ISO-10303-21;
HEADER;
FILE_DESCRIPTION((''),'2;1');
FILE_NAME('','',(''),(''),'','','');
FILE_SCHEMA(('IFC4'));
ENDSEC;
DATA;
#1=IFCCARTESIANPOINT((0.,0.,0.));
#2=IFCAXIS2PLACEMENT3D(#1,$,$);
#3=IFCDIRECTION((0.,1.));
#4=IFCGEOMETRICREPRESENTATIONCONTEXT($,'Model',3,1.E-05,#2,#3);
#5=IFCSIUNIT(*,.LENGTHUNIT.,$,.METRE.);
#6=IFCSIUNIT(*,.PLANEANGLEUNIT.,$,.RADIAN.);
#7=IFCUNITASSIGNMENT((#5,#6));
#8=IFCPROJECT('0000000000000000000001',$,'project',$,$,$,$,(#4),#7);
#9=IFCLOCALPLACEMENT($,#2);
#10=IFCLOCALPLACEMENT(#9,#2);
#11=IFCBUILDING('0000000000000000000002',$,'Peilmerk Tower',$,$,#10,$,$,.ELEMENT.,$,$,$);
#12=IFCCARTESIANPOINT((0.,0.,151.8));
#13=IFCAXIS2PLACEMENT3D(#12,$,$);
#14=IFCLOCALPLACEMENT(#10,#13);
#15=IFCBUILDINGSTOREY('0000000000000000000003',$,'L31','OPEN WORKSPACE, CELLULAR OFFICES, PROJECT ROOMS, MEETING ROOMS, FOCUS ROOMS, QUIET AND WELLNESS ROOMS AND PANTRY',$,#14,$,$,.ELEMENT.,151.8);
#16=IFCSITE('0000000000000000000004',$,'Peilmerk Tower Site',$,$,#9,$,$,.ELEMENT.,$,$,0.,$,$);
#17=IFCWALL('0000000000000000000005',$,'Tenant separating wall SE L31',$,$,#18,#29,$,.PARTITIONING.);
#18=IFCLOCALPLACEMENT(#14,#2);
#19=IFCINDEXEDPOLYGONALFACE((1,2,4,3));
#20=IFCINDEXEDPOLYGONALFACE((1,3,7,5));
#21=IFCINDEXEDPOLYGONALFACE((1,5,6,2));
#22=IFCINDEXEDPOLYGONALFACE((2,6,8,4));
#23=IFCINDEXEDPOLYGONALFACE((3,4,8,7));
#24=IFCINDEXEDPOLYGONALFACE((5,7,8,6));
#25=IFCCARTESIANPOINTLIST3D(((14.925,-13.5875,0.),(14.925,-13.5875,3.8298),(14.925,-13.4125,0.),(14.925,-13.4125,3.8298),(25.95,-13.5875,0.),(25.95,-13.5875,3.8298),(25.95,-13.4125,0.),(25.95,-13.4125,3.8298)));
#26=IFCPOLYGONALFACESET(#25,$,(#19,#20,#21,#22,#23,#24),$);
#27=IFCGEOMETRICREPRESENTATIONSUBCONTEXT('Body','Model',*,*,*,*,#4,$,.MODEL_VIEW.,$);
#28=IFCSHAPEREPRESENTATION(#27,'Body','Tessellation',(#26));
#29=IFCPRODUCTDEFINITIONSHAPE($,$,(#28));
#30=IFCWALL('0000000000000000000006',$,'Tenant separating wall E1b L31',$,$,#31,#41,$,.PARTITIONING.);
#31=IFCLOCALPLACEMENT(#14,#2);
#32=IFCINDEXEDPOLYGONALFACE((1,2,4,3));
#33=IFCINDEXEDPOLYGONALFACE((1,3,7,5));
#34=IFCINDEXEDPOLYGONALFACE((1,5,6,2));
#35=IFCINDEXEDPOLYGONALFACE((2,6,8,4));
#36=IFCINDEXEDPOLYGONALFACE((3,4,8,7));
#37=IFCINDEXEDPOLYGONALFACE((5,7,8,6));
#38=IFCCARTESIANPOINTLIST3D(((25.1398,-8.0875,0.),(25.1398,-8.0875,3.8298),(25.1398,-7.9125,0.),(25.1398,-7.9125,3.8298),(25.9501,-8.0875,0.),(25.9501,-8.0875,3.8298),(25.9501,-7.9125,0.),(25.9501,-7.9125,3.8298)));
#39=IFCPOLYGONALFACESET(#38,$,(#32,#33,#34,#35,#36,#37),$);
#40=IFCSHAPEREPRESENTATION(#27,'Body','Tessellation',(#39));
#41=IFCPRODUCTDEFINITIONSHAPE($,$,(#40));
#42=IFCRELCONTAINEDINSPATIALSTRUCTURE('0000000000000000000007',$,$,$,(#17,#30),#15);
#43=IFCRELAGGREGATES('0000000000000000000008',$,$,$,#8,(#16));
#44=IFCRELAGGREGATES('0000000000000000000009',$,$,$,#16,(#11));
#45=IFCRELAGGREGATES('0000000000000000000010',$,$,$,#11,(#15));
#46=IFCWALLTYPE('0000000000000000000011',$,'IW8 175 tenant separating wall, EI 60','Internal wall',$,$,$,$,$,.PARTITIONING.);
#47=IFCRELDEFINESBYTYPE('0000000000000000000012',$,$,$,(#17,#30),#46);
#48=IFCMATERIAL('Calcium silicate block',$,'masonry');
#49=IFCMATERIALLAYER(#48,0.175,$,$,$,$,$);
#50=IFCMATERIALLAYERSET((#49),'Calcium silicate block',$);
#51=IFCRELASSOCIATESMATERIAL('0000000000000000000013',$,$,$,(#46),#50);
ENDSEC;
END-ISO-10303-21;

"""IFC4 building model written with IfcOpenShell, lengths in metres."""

from ifc_helpers import new_model, si_unit, direction, frame, frame_2d, origin, place, context, subcontext, project, spatial, rectangle, extrude, material, layer, layer_set, type_object, element, save


model = new_model("IFC4")

# Units and contexts
model_context = context("Model", 3, precision=1e-05, world=origin(), true_north=direction((0.0, 1.0)))
body_context = subcontext(model_context, "Body", "Model", "MODEL_VIEW")
ifc_project = project(units=[si_unit("LENGTHUNIT", "METRE"), si_unit("PLANEANGLEUNIT", "RADIAN")], contexts=[model_context])

# Site, building, storey
site_placement = place(None, origin())
site = spatial("IfcSite", under=ifc_project, at=site_placement, Name="Peilmerk Tower Site", CompositionType="ELEMENT", RefElevation=0.0)
building_placement = place(site_placement, origin())
building = spatial("IfcBuilding", under=site, at=building_placement, Name="Peilmerk Tower", CompositionType="ELEMENT")
storey_placement = place(building_placement, frame((0.0, 0.0, 151.8)))
storey = spatial("IfcBuildingStorey", under=building, at=storey_placement, Name="L31", Description="OPEN WORKSPACE, CELLULAR OFFICES, PROJECT ROOMS, MEETING ROOMS, FOCUS ROOMS, QUIET AND WELLNESS ROOMS AND PANTRY", CompositionType="ELEMENT", Elevation=151.8)

# Walls
ifc_material_1 = material(Name="Calcium silicate block", Category="masonry")
ifc_layer_1 = layer(ifc_material_1, 0.175)
ifc_layer_set_1 = layer_set([ifc_layer_1], Name="Calcium silicate block")
wall_type_1 = type_object("IfcWallType", Name="IW8 175 tenant separating wall, EI 60", Description="Internal wall", PredefinedType="PARTITIONING", material=ifc_layer_set_1)
wall_1_placement = place(storey_placement, frame((25.95, -13.5, 0.0), z_axis=(0.0, 0.0, 1.0), x_axis=(-1.0, 0.0, 0.0)))
element("IfcWall", 1, at=wall_1_placement, inside=storey, type_object=wall_type_1, Name="Tenant separating wall SE L31", PredefinedType="PARTITIONING", context=body_context, shape_type="SweptSolid", body=[
    extrude(rectangle(XDim=11.0249, YDim=0.175, at=frame_2d((5.5125, 0.0))), origin(), (0.0, 0.0, 1.0), 3.8298),
])
wall_2_placement = place(storey_placement, frame((25.1396, -8.0, 0.0), z_axis=(0.0, 0.0, 1.0), x_axis=(1.0, 0.0, 0.0)))
element("IfcWall", 2, at=wall_2_placement, inside=storey, type_object=wall_type_1, Name="Tenant separating wall E1b L31", PredefinedType="PARTITIONING", context=body_context, shape_type="SweptSolid", body=[
    extrude(rectangle(XDim=0.8103, YDim=0.175, at=frame_2d((0.4053, 0.0))), origin(), (0.0, 0.0, 1.0), 3.8298),
])

save(model, "model.ifc")
